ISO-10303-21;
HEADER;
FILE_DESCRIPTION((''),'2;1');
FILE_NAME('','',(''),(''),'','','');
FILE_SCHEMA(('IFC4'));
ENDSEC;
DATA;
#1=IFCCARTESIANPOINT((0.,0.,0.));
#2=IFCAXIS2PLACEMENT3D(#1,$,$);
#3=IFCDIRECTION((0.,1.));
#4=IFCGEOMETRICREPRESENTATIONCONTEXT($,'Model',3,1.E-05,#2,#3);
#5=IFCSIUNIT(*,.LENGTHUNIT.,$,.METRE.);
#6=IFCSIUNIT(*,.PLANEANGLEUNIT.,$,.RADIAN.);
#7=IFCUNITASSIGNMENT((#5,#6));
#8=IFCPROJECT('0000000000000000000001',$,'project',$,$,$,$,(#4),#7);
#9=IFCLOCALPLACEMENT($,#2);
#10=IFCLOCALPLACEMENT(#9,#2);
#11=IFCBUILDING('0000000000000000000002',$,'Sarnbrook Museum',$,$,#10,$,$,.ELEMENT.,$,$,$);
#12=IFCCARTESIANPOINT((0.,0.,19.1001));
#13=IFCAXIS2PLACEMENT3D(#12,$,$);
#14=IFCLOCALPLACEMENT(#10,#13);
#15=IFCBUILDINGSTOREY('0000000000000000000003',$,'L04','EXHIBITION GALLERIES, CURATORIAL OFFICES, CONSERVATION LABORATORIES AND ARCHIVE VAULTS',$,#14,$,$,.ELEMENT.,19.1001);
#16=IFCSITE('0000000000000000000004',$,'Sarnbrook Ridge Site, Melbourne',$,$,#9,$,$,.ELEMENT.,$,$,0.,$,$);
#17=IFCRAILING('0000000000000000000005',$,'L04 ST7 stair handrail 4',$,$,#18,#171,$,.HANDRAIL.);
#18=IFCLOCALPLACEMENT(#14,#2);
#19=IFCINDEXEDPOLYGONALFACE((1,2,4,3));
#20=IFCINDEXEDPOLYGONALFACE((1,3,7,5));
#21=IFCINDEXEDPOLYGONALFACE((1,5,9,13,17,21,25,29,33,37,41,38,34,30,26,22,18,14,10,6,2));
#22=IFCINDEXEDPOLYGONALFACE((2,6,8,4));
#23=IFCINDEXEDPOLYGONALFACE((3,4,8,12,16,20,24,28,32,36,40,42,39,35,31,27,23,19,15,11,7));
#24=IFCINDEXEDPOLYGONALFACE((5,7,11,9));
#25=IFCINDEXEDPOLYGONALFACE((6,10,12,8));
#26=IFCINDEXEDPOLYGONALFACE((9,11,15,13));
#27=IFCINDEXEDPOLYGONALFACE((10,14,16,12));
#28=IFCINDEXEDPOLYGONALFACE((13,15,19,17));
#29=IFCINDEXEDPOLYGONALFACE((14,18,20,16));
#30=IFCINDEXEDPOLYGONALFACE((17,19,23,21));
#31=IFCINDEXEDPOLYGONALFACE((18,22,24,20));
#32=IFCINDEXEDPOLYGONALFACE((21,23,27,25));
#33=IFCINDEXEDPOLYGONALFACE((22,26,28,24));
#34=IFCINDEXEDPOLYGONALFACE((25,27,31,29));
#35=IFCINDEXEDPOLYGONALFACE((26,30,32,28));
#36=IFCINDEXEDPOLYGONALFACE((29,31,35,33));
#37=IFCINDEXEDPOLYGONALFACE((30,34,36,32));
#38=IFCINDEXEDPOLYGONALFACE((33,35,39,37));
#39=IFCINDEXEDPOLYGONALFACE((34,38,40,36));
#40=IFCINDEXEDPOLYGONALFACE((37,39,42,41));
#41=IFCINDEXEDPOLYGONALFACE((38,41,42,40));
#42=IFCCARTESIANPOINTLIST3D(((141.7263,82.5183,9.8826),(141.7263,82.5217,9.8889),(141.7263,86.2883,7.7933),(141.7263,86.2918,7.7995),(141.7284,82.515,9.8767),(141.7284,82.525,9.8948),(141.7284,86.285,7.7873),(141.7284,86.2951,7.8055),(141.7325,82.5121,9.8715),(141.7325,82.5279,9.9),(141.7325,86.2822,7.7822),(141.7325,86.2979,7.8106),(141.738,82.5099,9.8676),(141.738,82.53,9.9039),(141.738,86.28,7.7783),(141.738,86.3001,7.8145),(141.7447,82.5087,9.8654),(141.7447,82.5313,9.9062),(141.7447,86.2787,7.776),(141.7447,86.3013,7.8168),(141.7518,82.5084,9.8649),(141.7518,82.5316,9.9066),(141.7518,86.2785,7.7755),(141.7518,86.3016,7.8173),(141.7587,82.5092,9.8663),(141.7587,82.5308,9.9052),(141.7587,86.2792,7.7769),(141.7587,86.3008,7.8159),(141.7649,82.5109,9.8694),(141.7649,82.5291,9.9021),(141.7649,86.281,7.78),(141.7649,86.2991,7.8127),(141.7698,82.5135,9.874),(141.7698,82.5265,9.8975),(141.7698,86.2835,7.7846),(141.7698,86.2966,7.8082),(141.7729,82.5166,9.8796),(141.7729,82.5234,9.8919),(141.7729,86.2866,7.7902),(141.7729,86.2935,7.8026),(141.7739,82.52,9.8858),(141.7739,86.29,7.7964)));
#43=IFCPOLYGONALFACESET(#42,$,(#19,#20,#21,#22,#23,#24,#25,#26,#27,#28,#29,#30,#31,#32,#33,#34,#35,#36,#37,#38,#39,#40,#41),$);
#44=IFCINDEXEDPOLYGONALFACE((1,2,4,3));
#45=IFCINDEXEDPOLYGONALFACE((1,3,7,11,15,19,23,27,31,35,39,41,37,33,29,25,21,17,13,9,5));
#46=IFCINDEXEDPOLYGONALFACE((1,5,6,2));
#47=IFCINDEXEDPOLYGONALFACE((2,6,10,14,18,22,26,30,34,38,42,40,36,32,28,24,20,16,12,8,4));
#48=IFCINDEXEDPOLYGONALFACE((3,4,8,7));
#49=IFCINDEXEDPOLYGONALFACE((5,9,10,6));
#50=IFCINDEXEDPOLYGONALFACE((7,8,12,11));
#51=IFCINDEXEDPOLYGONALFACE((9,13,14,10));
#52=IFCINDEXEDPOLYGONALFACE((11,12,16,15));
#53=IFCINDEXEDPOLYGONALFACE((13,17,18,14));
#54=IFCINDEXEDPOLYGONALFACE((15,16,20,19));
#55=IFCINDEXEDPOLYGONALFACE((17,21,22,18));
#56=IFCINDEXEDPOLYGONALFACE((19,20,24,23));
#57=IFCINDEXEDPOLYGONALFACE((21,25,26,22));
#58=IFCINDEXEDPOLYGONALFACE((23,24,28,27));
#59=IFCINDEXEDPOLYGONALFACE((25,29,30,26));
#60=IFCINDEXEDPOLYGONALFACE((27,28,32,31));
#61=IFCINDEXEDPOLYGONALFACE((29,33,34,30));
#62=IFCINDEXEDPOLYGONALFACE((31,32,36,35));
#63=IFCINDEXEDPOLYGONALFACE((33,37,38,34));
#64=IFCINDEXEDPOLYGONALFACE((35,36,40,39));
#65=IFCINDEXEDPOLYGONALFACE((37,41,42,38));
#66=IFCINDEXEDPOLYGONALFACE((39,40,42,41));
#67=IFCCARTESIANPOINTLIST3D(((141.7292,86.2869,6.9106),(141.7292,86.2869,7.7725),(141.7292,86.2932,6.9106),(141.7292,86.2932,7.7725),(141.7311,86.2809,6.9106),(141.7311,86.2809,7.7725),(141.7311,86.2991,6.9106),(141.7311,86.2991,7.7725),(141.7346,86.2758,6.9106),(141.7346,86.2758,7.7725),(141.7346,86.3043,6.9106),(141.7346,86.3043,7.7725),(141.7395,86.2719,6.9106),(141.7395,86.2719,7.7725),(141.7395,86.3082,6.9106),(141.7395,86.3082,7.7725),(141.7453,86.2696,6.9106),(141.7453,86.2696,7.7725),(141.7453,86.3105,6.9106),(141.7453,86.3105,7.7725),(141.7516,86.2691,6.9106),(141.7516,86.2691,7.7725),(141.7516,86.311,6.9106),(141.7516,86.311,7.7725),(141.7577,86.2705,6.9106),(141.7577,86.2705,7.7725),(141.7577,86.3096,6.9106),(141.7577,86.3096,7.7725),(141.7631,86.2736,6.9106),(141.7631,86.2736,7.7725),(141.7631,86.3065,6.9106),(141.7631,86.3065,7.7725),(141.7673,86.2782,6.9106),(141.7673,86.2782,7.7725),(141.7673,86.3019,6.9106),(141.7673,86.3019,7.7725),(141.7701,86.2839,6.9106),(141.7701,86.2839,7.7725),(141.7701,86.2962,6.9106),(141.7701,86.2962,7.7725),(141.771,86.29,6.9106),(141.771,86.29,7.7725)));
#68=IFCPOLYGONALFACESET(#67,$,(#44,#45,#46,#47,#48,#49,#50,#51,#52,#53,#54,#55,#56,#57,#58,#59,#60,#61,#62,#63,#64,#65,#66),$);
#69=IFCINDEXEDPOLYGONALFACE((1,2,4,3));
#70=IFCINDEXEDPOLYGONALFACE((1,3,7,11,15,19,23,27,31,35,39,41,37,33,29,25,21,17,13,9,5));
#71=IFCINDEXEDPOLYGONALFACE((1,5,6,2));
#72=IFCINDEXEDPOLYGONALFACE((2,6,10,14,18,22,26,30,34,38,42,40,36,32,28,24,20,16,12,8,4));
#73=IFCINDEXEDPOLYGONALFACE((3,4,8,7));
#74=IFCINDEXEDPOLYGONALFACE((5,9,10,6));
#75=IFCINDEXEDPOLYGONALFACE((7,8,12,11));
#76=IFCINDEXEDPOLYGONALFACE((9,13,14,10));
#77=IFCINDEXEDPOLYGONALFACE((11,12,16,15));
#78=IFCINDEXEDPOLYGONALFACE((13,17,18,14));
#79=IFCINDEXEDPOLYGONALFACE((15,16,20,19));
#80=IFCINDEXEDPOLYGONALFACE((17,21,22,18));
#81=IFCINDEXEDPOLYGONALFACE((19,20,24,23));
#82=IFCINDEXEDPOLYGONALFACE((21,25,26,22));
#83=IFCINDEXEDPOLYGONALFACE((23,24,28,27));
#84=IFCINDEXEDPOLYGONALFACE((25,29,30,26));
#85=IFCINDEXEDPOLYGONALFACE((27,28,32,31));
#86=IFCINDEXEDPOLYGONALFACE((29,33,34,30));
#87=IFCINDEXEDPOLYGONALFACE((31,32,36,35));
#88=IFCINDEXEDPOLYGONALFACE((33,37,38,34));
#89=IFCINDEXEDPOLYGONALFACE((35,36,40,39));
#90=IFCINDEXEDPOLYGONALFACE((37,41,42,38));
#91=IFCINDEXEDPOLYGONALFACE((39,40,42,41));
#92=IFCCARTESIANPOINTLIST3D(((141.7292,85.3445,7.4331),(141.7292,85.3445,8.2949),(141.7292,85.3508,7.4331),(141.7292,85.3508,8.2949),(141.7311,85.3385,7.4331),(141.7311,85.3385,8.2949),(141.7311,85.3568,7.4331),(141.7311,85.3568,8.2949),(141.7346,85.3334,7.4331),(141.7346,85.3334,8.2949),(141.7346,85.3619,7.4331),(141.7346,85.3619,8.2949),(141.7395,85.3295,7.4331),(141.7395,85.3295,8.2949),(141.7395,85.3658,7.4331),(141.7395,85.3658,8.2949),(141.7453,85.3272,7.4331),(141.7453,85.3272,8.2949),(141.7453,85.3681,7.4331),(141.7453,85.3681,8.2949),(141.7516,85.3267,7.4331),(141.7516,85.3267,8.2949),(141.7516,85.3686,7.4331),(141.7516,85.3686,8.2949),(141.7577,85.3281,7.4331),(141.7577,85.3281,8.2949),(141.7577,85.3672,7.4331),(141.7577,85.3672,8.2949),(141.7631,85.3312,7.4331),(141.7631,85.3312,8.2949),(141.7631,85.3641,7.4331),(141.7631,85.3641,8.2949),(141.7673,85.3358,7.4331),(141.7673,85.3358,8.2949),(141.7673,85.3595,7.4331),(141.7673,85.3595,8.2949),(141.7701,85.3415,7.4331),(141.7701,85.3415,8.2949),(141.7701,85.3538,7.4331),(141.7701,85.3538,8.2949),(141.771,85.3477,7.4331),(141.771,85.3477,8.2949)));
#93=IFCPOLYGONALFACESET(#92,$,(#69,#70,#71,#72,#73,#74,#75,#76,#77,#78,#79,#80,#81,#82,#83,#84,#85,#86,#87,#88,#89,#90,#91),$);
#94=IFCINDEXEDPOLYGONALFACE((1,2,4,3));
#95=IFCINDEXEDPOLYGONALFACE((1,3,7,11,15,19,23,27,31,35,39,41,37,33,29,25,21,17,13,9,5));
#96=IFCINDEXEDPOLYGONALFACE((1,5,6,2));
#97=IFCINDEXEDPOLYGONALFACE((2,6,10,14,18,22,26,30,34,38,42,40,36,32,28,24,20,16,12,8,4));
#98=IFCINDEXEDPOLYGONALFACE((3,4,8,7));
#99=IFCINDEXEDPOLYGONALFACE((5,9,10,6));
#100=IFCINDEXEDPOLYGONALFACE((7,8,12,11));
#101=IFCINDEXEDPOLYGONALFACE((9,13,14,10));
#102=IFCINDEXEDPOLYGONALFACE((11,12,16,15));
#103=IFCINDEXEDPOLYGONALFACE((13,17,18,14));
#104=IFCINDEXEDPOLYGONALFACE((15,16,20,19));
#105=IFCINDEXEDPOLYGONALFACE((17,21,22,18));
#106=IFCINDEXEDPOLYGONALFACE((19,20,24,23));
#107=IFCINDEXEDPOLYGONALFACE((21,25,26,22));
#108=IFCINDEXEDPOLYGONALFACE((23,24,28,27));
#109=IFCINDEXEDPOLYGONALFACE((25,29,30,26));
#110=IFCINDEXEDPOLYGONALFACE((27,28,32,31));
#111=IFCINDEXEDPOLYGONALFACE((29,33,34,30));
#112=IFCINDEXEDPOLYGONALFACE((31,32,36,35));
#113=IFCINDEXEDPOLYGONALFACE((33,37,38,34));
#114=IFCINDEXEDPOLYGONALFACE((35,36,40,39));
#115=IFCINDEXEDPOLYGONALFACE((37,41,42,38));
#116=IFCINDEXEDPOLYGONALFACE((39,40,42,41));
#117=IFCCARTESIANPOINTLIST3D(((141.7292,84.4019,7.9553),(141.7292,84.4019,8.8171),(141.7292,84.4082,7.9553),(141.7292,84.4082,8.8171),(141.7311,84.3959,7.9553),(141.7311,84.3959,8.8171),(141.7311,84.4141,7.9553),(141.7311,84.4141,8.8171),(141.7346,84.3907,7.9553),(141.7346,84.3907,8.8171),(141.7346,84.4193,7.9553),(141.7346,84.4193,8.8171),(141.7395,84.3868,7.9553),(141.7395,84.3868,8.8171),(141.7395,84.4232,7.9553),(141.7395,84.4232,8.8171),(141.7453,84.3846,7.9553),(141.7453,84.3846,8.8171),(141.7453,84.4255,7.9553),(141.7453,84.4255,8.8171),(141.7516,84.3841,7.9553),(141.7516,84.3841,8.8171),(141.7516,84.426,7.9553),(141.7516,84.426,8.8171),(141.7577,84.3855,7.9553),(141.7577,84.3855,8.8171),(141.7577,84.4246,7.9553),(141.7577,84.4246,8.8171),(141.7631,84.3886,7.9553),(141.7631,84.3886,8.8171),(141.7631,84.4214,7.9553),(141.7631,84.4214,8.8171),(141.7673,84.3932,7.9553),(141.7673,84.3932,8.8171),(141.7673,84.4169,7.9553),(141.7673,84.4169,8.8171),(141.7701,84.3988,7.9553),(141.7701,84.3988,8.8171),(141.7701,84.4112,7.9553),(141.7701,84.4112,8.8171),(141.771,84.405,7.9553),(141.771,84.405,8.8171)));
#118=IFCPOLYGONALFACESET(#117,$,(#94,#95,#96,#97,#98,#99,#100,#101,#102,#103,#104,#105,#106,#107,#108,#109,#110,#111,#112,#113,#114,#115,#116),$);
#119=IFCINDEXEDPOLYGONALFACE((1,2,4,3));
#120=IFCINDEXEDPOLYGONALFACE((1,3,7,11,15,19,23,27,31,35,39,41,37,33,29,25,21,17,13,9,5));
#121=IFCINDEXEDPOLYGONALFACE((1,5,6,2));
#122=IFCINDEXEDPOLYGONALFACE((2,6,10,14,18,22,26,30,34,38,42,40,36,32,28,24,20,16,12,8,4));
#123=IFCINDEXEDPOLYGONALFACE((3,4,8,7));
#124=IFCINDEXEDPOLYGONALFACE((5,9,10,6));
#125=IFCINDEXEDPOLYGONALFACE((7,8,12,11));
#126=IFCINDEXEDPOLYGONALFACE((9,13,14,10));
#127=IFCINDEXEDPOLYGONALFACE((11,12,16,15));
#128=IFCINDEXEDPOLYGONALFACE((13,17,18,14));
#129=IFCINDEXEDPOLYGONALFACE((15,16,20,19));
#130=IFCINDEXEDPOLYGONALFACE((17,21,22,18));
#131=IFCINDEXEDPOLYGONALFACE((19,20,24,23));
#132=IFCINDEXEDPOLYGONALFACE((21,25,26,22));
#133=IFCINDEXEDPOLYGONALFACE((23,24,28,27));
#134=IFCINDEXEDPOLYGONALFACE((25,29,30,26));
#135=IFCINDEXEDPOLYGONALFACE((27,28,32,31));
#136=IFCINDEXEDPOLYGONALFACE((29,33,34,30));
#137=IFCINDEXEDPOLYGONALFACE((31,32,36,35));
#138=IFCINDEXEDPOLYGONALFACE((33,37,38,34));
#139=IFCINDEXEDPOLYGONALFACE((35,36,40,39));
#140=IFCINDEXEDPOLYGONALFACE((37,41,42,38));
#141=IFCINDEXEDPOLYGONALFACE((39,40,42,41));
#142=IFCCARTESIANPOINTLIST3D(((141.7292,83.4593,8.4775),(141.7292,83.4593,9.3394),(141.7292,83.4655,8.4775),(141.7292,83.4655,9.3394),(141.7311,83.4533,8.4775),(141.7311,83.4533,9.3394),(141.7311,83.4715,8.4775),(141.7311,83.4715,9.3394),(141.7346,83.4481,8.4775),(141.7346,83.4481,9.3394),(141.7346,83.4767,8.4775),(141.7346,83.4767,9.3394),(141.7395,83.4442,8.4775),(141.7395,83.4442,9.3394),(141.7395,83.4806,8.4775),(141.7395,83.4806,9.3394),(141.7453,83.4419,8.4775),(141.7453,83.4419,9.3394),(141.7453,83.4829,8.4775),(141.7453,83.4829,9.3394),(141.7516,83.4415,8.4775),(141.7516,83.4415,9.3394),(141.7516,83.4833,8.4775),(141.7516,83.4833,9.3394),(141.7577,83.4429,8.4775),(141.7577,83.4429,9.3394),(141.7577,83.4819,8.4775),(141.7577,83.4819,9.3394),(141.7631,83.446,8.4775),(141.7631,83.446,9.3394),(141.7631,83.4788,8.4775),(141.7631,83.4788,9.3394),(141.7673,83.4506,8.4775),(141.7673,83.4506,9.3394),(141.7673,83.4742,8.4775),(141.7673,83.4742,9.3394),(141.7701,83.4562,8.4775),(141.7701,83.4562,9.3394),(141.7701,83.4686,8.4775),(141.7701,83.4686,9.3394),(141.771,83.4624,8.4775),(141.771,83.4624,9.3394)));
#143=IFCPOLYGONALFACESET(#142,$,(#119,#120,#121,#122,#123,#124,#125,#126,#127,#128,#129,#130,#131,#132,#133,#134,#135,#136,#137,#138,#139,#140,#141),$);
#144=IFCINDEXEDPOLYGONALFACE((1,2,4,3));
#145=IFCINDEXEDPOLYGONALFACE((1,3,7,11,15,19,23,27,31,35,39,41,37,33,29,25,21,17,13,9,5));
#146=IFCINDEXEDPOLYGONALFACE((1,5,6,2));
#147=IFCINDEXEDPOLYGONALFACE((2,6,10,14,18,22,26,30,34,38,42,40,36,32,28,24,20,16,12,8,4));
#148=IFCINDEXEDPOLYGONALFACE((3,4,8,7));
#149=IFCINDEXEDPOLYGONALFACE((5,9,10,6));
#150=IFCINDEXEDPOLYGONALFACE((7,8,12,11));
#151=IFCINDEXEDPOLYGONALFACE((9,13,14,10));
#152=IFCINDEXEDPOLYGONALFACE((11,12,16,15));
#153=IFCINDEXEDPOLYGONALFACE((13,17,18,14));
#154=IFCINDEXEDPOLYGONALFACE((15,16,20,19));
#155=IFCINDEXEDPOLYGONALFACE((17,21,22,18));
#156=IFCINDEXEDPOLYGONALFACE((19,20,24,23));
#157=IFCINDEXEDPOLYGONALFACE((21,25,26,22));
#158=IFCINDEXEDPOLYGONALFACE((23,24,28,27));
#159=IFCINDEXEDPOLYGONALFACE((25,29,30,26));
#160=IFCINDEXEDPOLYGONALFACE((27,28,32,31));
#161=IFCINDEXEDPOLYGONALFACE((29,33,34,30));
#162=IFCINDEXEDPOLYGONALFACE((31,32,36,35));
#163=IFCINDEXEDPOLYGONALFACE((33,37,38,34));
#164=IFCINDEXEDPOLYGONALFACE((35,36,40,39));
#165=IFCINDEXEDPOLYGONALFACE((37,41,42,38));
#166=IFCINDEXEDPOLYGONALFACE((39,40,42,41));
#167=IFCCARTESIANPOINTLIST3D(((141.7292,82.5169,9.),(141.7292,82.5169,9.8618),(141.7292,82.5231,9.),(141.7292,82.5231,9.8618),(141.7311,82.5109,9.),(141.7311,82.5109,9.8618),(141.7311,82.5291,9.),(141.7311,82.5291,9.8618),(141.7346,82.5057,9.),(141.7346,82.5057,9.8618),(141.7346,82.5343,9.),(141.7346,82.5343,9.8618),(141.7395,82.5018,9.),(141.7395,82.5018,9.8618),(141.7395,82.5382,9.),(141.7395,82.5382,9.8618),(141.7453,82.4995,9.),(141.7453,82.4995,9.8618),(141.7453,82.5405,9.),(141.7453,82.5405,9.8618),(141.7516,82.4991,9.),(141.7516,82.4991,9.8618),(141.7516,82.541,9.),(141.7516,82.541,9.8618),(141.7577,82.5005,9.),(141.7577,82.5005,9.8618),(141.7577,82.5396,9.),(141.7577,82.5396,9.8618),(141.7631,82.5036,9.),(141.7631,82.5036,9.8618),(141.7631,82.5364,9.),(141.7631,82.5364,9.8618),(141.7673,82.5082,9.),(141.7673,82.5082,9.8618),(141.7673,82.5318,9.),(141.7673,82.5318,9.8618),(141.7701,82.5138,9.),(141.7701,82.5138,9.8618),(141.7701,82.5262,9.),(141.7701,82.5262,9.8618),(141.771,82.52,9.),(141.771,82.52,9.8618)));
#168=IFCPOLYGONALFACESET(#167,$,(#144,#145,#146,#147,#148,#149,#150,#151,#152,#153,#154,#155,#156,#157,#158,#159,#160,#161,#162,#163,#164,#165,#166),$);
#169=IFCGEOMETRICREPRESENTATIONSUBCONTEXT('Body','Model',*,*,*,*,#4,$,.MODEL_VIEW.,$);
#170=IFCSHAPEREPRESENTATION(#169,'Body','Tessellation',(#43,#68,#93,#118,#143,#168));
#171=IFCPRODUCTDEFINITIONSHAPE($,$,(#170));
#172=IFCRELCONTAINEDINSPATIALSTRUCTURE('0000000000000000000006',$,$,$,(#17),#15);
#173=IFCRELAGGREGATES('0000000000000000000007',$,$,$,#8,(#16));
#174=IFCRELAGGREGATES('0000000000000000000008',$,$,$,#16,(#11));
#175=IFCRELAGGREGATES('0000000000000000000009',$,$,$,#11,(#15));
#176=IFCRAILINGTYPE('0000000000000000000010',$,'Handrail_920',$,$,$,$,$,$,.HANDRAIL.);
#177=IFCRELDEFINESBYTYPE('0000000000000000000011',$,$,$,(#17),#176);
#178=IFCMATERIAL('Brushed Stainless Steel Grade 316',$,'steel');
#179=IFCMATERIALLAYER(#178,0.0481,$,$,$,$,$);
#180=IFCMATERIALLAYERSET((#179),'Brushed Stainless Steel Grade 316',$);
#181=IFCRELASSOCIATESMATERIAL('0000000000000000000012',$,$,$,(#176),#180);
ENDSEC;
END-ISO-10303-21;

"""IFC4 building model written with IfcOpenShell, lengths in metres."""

from ifc_helpers import new_model, si_unit, direction, frame, origin, origin_2d, place, context, subcontext, project, spatial, circle, extrude, material, layer, layer_set, type_object, element, save


model = new_model("IFC4")

# Units and contexts
model_context = context("Model", 3, precision=1e-05, world=origin(), true_north=direction((0.0, 1.0)))
body_context = subcontext(model_context, "Body", "Model", "MODEL_VIEW")
ifc_project = project(units=[si_unit("LENGTHUNIT", "METRE"), si_unit("PLANEANGLEUNIT", "RADIAN")], contexts=[model_context])

# Site, building, storey
site_placement = place(None, origin())
site = spatial("IfcSite", under=ifc_project, at=site_placement, Name="Sarnbrook Ridge Site, Melbourne", CompositionType="ELEMENT", RefElevation=0.0)
building_placement = place(site_placement, origin())
building = spatial("IfcBuilding", under=site, at=building_placement, Name="Sarnbrook Museum", CompositionType="ELEMENT")
storey_placement = place(building_placement, frame((0.0, 0.0, 19.1001)))
storey = spatial("IfcBuildingStorey", under=building, at=storey_placement, Name="L04", Description="EXHIBITION GALLERIES, CURATORIAL OFFICES, CONSERVATION LABORATORIES AND ARCHIVE VAULTS", CompositionType="ELEMENT", Elevation=19.1001)

# Railing
ifc_material_1 = material(Name="Brushed Stainless Steel Grade 316", Category="steel")
ifc_layer_1 = layer(ifc_material_1, 0.0481)
ifc_layer_set_1 = layer_set([ifc_layer_1], Name="Brushed Stainless Steel Grade 316")
railing_type_1 = type_object("IfcRailingType", Name="Handrail_920", PredefinedType="HANDRAIL", material=ifc_layer_set_1)
for number, where, name in (
    (1, (141.75, 86.29, 6.9106), "L04 ST7 stair handrail 4"),
):
    element("IfcRailing", number, at=place(storey_placement, frame(where)), inside=storey, type_object=railing_type_1, Name=name, PredefinedType="HANDRAIL", context=body_context, shape_type="SweptSolid", body=[
        extrude(circle(Radius=0.0239, at=origin_2d()), frame((0.0, 0.0, 0.8857), z_axis=(0.0, -0.874659, 0.484739), x_axis=(1.0, 0.0, 0.0)), (0.0, 0.0, 1.0), 4.3103),
        extrude(circle(Radius=0.021, at=origin_2d()), origin(), (0.0, 0.0, 1.0), 0.8618),
        extrude(circle(Radius=0.021, at=origin_2d()), frame((0.0, -0.9424, 0.5225)), (0.0, 0.0, 1.0), 0.8618),
        extrude(circle(Radius=0.021, at=origin_2d()), frame((0.0, -1.885, 1.0447)), (0.0, 0.0, 1.0), 0.8618),
        extrude(circle(Radius=0.021, at=origin_2d()), frame((0.0, -2.8276, 1.5669)), (0.0, 0.0, 1.0), 0.8618),
        extrude(circle(Radius=0.021, at=origin_2d()), frame((0.0, -3.77, 2.0894)), (0.0, 0.0, 1.0), 0.8618),
    ])

save(model, "model.ifc")
